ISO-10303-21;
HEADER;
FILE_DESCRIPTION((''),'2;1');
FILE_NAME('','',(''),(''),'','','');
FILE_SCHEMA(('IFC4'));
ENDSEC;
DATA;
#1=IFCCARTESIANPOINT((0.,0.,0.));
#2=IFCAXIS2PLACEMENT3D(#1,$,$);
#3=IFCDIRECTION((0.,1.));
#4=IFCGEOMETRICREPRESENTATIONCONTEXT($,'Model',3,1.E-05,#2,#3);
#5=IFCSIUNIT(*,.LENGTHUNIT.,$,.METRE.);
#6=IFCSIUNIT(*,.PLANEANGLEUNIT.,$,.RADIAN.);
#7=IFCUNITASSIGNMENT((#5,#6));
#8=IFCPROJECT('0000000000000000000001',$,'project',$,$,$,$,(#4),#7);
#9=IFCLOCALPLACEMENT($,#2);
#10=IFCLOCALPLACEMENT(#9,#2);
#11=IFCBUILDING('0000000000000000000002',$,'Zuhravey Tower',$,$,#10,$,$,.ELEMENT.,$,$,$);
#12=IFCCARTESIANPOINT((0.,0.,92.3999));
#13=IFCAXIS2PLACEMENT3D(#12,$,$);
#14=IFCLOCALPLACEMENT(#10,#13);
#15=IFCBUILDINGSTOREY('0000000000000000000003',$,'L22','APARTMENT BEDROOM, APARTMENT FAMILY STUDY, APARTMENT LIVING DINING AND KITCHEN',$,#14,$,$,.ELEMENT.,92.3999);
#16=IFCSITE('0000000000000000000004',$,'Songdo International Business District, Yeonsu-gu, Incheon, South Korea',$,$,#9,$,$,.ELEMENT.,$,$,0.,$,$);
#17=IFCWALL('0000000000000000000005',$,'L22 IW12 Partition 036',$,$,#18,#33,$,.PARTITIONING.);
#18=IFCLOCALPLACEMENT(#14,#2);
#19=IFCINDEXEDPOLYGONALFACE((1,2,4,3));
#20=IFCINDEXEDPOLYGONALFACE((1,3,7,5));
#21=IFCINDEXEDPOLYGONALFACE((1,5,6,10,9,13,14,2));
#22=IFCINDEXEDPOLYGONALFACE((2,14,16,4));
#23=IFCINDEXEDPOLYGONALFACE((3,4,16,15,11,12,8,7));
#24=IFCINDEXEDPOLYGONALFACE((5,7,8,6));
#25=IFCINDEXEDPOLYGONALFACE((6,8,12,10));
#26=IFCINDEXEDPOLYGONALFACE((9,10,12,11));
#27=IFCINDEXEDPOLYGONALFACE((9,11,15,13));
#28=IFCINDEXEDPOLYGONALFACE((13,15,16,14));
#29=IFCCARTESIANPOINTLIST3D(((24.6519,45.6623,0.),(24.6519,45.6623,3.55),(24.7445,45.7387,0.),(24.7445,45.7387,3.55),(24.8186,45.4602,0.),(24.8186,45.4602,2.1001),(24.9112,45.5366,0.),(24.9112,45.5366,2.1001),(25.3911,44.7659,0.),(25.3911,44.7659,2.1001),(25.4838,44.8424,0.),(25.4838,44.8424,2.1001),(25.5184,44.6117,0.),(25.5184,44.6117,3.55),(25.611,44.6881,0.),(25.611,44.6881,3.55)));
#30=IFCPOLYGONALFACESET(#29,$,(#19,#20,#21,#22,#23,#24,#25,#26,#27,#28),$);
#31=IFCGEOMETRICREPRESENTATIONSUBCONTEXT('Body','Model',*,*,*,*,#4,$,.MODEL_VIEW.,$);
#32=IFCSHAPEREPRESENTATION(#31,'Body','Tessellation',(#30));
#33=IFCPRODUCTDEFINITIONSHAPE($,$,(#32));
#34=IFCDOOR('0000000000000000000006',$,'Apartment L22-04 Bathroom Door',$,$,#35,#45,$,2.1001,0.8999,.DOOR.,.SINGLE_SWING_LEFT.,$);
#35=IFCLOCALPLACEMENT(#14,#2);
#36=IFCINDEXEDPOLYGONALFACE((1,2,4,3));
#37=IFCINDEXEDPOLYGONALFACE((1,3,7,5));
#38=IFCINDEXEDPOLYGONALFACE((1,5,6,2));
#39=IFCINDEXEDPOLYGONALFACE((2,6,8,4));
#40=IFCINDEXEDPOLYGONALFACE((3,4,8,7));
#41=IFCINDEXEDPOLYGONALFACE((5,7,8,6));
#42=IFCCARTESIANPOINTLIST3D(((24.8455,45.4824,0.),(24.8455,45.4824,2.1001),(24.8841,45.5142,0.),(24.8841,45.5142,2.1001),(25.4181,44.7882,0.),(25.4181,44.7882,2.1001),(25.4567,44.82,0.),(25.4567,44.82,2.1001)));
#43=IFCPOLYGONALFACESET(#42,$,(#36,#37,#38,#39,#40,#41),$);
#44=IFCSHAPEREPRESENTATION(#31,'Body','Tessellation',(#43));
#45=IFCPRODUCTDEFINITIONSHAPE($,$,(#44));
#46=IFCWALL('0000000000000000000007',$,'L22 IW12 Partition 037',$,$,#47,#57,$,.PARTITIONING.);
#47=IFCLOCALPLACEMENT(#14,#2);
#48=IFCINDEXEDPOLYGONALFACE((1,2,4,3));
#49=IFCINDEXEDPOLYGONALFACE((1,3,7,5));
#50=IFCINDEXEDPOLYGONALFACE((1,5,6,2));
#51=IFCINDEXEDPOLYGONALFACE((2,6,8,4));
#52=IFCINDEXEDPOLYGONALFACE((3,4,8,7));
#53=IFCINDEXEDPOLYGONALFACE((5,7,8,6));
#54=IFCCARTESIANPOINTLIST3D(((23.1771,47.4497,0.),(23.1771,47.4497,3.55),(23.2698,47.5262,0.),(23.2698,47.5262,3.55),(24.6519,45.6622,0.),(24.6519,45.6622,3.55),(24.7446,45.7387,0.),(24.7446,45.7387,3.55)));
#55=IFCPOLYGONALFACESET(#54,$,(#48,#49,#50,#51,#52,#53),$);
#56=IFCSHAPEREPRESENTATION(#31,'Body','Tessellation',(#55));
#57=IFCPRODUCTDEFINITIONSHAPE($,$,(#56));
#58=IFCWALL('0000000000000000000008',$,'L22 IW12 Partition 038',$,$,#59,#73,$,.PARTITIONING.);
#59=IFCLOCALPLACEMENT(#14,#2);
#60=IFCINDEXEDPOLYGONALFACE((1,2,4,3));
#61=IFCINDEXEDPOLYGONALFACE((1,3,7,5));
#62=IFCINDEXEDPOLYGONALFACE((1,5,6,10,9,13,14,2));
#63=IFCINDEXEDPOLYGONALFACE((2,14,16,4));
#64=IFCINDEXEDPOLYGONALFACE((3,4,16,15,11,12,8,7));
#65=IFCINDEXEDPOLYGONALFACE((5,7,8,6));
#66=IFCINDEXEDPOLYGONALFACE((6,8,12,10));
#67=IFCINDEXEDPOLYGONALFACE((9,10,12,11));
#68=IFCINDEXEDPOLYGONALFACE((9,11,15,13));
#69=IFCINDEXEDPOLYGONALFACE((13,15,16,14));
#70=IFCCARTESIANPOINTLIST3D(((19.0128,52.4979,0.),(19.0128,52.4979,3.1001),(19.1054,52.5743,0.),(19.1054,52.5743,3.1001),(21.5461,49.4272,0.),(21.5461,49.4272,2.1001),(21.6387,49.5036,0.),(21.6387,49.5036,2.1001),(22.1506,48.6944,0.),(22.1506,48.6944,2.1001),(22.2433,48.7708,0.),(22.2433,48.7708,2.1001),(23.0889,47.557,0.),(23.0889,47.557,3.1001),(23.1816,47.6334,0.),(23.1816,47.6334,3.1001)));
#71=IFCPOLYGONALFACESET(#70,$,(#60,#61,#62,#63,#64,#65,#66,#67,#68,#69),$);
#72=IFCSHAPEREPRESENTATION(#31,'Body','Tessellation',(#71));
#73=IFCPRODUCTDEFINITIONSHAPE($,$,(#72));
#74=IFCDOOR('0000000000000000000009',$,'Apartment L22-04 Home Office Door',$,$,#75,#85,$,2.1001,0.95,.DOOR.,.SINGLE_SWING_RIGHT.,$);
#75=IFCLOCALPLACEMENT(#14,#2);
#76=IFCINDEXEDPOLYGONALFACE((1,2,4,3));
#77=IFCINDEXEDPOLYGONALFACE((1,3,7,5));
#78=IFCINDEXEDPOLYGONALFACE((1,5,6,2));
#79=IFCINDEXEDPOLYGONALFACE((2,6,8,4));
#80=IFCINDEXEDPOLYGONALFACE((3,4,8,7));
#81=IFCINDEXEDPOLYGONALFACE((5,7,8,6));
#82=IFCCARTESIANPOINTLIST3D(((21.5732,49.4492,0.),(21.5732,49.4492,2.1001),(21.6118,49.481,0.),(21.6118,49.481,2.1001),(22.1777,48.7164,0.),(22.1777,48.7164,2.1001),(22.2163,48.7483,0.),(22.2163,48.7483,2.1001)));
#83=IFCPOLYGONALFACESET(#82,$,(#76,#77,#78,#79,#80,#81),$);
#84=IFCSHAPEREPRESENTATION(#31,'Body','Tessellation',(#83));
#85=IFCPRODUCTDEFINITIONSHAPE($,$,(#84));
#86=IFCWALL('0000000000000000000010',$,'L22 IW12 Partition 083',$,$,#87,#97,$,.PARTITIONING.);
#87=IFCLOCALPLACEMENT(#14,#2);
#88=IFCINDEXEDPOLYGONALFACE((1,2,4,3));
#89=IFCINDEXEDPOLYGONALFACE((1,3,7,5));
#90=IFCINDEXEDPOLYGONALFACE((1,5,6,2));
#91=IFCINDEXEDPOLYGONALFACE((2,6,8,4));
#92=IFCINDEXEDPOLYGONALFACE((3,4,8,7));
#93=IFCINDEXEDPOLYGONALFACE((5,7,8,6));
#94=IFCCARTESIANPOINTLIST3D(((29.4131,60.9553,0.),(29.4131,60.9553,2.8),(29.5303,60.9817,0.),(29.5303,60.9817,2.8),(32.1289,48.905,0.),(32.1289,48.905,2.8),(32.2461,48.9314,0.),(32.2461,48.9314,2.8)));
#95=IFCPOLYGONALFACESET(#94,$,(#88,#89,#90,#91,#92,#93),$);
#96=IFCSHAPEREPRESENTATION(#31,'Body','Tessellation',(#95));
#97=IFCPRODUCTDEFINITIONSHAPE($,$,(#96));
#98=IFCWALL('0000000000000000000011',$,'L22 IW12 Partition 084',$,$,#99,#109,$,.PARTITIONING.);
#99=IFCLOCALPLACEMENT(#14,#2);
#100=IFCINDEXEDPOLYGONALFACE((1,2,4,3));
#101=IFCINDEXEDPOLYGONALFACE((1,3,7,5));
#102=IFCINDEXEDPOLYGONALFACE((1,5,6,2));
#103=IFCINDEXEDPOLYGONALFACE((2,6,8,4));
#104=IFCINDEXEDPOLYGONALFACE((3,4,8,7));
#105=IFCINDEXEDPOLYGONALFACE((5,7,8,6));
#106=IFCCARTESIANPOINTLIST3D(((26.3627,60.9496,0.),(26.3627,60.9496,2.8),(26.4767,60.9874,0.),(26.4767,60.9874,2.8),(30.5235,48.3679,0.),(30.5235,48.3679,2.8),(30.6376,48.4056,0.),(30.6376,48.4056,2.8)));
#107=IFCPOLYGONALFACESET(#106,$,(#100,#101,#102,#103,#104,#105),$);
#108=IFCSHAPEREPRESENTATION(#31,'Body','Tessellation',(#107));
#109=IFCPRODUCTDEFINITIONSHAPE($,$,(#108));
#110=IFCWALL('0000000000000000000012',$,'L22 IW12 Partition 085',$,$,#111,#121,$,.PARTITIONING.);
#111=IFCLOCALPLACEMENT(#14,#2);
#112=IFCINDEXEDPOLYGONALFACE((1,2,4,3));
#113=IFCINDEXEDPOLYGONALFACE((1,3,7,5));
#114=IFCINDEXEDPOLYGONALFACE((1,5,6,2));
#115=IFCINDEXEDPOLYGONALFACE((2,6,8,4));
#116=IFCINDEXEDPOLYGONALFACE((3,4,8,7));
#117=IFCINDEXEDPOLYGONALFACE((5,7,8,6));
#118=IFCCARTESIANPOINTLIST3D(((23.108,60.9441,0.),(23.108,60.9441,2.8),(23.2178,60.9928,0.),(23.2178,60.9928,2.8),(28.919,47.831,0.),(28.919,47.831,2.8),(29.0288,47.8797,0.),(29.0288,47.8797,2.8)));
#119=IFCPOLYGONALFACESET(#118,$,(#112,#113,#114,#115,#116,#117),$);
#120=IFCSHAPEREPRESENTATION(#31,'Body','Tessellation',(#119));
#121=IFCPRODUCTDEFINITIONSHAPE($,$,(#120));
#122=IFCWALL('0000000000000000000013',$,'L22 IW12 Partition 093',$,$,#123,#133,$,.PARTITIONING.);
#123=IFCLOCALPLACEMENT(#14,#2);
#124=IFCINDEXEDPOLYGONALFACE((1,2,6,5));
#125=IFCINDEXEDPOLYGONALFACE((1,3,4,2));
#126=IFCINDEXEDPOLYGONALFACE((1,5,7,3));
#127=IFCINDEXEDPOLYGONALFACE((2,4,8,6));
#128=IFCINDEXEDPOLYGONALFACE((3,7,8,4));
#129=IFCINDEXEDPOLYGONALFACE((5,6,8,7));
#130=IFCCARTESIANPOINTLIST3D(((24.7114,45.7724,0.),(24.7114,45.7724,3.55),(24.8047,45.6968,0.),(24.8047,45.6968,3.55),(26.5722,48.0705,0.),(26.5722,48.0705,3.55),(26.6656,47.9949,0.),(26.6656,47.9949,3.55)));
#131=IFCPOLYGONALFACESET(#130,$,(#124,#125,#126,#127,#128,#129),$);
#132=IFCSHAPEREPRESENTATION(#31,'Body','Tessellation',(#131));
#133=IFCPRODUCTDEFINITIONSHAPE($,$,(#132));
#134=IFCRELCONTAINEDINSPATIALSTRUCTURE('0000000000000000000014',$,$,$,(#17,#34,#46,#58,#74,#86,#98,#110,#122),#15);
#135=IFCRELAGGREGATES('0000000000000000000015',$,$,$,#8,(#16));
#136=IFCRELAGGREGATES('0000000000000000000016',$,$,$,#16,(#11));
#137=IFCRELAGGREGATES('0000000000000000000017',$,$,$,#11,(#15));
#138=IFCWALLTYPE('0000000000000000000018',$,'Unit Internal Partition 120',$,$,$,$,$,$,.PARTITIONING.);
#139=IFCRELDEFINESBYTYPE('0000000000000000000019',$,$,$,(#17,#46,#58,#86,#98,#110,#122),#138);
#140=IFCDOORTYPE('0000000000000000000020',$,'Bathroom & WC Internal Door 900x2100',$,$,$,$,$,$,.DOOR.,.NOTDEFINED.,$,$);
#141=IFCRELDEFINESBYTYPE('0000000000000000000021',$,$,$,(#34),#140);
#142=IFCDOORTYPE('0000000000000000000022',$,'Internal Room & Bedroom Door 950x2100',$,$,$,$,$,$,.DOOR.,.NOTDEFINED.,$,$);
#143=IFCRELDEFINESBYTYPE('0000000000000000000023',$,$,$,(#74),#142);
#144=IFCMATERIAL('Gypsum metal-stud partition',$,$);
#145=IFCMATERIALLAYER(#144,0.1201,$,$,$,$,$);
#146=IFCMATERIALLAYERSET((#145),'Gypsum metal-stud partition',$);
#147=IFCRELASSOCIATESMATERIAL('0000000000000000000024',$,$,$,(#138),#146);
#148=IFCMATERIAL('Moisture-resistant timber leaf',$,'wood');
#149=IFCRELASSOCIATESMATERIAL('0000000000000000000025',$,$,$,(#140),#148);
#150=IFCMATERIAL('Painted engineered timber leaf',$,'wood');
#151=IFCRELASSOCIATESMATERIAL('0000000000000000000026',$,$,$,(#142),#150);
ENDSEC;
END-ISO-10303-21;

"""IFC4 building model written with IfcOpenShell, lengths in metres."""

from ifc_helpers import new_model, si_unit, direction, frame, frame_2d, origin, place, context, subcontext, project, spatial, rectangle, extrude, material, layer, layer_set, type_object, element, fill, save


model = new_model("IFC4")

# Units and contexts
model_context = context("Model", 3, precision=1e-05, world=origin(), true_north=direction((0.0, 1.0)))
body_context = subcontext(model_context, "Body", "Model", "MODEL_VIEW")
ifc_project = project(units=[si_unit("LENGTHUNIT", "METRE"), si_unit("PLANEANGLEUNIT", "RADIAN")], contexts=[model_context])

# Site, building, storey
site_placement = place(None, origin())
site = spatial("IfcSite", under=ifc_project, at=site_placement, Name="Songdo International Business District, Yeonsu-gu, Incheon, South Korea", CompositionType="ELEMENT", RefElevation=0.0)
building_placement = place(site_placement, origin())
building = spatial("IfcBuilding", under=site, at=building_placement, Name="Zuhravey Tower", CompositionType="ELEMENT")
storey_placement = place(building_placement, frame((0.0, 0.0, 92.3999)))
storey = spatial("IfcBuildingStorey", under=building, at=storey_placement, Name="L22", Description="APARTMENT BEDROOM, APARTMENT FAMILY STUDY, APARTMENT LIVING DINING AND KITCHEN", CompositionType="ELEMENT", Elevation=92.3999)

# Shared definitions
ifc_material_1 = material(Name="Gypsum metal-stud partition")
ifc_layer_1 = layer(ifc_material_1, 0.1201)
ifc_layer_set_1 = layer_set([ifc_layer_1], Name="Gypsum metal-stud partition")
wall_type_1 = type_object("IfcWallType", Name="Unit Internal Partition 120", PredefinedType="PARTITIONING", material=ifc_layer_set_1)
ifc_material_2 = material(Name="Moisture-resistant timber leaf", Category="wood")
door_type_1 = type_object("IfcDoorType", Name="Bathroom & WC Internal Door 900x2100", OperationType="NOTDEFINED", PredefinedType="DOOR", material=ifc_material_2)
ifc_material_3 = material(Name="Painted engineered timber leaf", Category="wood")
door_type_2 = type_object("IfcDoorType", Name="Internal Room & Bedroom Door 950x2100", OperationType="NOTDEFINED", PredefinedType="DOOR", material=ifc_material_3)

# Wall, opening, door
wall_1_placement = place(storey_placement, frame((25.5647, 44.6499, 0.0), z_axis=(0.0, 0.0, 1.0), x_axis=(-0.636279, 0.771459, 0.0)))
wall_1 = element("IfcWall", 1, at=wall_1_placement, inside=storey, type_object=wall_type_1, Name="L22 IW12 Partition 036", PredefinedType="PARTITIONING", context=body_context, shape_type="SweptSolid", body=[
    extrude(rectangle(XDim=1.3618, YDim=0.1201, at=frame_2d((0.6809, 0.0))), origin(), (0.0, 0.0, 1.0), 3.55),
])
opening_1_placement = place(wall_1_placement, frame((0.2, 0.0, 0.0)))
opening_1 = element("IfcOpeningElement", 2, at=opening_1_placement, cuts=wall_1, PredefinedType="OPENING", context=body_context, shape_type="SweptSolid", body=[
    extrude(rectangle(XDim=0.8999, YDim=2.1001, at=frame_2d((0.45, 1.05))), frame((0.0, 0.072, 0.0), z_axis=(0.0, -1.0, 0.0), x_axis=(1.0, 0.0, 0.0)), (0.0, 0.0, 1.0), 0.144),
])
door_1_placement = place(opening_1_placement, frame((0.8999, 0.0, 0.0), z_axis=(0.0, 0.0, 1.0), x_axis=(-1.0, 0.0, 0.0)))
door_1 = element("IfcDoor", 3, at=door_1_placement, inside=storey, type_object=door_type_1, Name="Apartment L22-04 Bathroom Door", OperationType="SINGLE_SWING_LEFT", OverallHeight=2.1001, OverallWidth=0.8999, PredefinedType="DOOR", context=body_context, shape_type="SweptSolid", body=[
    extrude(rectangle(XDim=0.8999, YDim=2.1001, at=frame_2d((0.45, 1.05))), frame((0.0, 0.0249, 0.0), z_axis=(0.0, -1.0, 0.0), x_axis=(1.0, 0.0, 0.0)), (0.0, 0.0, 1.0), 0.05),
])
fill(opening_1, door_1)

# Wall
wall_2_placement = place(storey_placement, frame((24.6982, 45.7004, 0.0), z_axis=(0.0, 0.0, 1.0), x_axis=(-0.636405, 0.771355, 0.0)))
element("IfcWall", 4, at=wall_2_placement, inside=storey, type_object=wall_type_1, Name="L22 IW12 Partition 037", PredefinedType="PARTITIONING", context=body_context, shape_type="SweptSolid", body=[
    extrude(rectangle(XDim=2.3174, YDim=0.1201, at=frame_2d((1.1587, 0.0))), origin(), (0.0, 0.0, 1.0), 3.55),
])

# Wall, opening, door
wall_3_placement = place(storey_placement, frame((23.1353, 47.5952, 0.0), z_axis=(0.0, 0.0, 1.0), x_axis=(-0.636375, 0.77138, 0.0)))
wall_3 = element("IfcWall", 5, at=wall_3_placement, inside=storey, type_object=wall_type_1, Name="L22 IW12 Partition 038", PredefinedType="PARTITIONING", context=body_context, shape_type="SweptSolid", body=[
    extrude(rectangle(XDim=6.4053, YDim=0.1201, at=frame_2d((3.2026, 0.0))), origin(), (0.0, 0.0, 1.0), 3.1001),
])
opening_2_placement = place(wall_3_placement, frame((1.4744, 0.0, 0.0)))
opening_2 = element("IfcOpeningElement", 6, at=opening_2_placement, cuts=wall_3, PredefinedType="OPENING", context=body_context, shape_type="SweptSolid", body=[
    extrude(rectangle(XDim=0.95, YDim=2.1001, at=frame_2d((0.4751, 1.05))), frame((0.0, 0.072, 0.0), z_axis=(0.0, -1.0, 0.0), x_axis=(1.0, 0.0, 0.0)), (0.0, 0.0, 1.0), 0.144),
])
door_2_placement = place(opening_2_placement, frame((0.95, 0.0, 0.0), z_axis=(0.0, 0.0, 1.0), x_axis=(-1.0, 0.0, 0.0)))
door_2 = element("IfcDoor", 7, at=door_2_placement, inside=storey, type_object=door_type_2, Name="Apartment L22-04 Home Office Door", OperationType="SINGLE_SWING_RIGHT", OverallHeight=2.1001, OverallWidth=0.95, PredefinedType="DOOR", context=body_context, shape_type="SweptSolid", body=[
    extrude(rectangle(XDim=0.95, YDim=2.1001, at=frame_2d((0.4751, 1.05))), frame((0.0, 0.0249, 0.0), z_axis=(0.0, -1.0, 0.0), x_axis=(1.0, 0.0, 0.0)), (0.0, 0.0, 1.0), 0.05),
])
fill(opening_2, door_2)

# Walls
wall_4_placement = place(storey_placement, frame((32.1875, 48.9182, 0.0), z_axis=(0.0, 0.0, 1.0), x_axis=(-0.219859, 0.975532, 0.0)))
element("IfcWall", 8, at=wall_4_placement, inside=storey, type_object=wall_type_1, Name="L22 IW12 Partition 083", PredefinedType="PARTITIONING", context=body_context, shape_type="SweptSolid", body=[
    extrude(rectangle(XDim=12.3525, YDim=0.1201, at=frame_2d((6.1763, 0.0))), origin(), (0.0, 0.0, 1.0), 2.8),
])
wall_5_placement = place(storey_placement, frame((30.5806, 48.3867, 0.0), z_axis=(0.0, 0.0, 1.0), x_axis=(-0.313983, 0.949429, 0.0)))
element("IfcWall", 9, at=wall_5_placement, inside=storey, type_object=wall_type_1, Name="L22 IW12 Partition 084", PredefinedType="PARTITIONING", context=body_context, shape_type="SweptSolid", body=[
    extrude(rectangle(XDim=13.252, YDim=0.1201, at=frame_2d((6.626, 0.0))), origin(), (0.0, 0.0, 1.0), 2.8),
])
wall_6_placement = place(storey_placement, frame((28.9739, 47.8555, 0.0), z_axis=(0.0, 0.0, 1.0), x_axis=(-0.40515, 0.91425, 0.0)))
element("IfcWall", 10, at=wall_6_placement, inside=storey, type_object=wall_type_1, Name="L22 IW12 Partition 085", PredefinedType="PARTITIONING", context=body_context, shape_type="SweptSolid", body=[
    extrude(rectangle(XDim=14.343, YDim=0.1201, at=frame_2d((7.1714, 0.0))), origin(), (0.0, 0.0, 1.0), 2.8),
])
wall_7_placement = place(storey_placement, frame((26.6189, 48.0327, 0.0), z_axis=(0.0, 0.0, 1.0), x_axis=(-0.629296, -0.777166, 0.0)))
element("IfcWall", 11, at=wall_7_placement, inside=storey, type_object=wall_type_1, Name="L22 IW12 Partition 093", PredefinedType="PARTITIONING", context=body_context, shape_type="SweptSolid", body=[
    extrude(rectangle(XDim=2.957, YDim=0.1201, at=frame_2d((1.4785, 0.0))), origin(), (0.0, 0.0, 1.0), 3.55),
])

save(model, "model.ifc")
